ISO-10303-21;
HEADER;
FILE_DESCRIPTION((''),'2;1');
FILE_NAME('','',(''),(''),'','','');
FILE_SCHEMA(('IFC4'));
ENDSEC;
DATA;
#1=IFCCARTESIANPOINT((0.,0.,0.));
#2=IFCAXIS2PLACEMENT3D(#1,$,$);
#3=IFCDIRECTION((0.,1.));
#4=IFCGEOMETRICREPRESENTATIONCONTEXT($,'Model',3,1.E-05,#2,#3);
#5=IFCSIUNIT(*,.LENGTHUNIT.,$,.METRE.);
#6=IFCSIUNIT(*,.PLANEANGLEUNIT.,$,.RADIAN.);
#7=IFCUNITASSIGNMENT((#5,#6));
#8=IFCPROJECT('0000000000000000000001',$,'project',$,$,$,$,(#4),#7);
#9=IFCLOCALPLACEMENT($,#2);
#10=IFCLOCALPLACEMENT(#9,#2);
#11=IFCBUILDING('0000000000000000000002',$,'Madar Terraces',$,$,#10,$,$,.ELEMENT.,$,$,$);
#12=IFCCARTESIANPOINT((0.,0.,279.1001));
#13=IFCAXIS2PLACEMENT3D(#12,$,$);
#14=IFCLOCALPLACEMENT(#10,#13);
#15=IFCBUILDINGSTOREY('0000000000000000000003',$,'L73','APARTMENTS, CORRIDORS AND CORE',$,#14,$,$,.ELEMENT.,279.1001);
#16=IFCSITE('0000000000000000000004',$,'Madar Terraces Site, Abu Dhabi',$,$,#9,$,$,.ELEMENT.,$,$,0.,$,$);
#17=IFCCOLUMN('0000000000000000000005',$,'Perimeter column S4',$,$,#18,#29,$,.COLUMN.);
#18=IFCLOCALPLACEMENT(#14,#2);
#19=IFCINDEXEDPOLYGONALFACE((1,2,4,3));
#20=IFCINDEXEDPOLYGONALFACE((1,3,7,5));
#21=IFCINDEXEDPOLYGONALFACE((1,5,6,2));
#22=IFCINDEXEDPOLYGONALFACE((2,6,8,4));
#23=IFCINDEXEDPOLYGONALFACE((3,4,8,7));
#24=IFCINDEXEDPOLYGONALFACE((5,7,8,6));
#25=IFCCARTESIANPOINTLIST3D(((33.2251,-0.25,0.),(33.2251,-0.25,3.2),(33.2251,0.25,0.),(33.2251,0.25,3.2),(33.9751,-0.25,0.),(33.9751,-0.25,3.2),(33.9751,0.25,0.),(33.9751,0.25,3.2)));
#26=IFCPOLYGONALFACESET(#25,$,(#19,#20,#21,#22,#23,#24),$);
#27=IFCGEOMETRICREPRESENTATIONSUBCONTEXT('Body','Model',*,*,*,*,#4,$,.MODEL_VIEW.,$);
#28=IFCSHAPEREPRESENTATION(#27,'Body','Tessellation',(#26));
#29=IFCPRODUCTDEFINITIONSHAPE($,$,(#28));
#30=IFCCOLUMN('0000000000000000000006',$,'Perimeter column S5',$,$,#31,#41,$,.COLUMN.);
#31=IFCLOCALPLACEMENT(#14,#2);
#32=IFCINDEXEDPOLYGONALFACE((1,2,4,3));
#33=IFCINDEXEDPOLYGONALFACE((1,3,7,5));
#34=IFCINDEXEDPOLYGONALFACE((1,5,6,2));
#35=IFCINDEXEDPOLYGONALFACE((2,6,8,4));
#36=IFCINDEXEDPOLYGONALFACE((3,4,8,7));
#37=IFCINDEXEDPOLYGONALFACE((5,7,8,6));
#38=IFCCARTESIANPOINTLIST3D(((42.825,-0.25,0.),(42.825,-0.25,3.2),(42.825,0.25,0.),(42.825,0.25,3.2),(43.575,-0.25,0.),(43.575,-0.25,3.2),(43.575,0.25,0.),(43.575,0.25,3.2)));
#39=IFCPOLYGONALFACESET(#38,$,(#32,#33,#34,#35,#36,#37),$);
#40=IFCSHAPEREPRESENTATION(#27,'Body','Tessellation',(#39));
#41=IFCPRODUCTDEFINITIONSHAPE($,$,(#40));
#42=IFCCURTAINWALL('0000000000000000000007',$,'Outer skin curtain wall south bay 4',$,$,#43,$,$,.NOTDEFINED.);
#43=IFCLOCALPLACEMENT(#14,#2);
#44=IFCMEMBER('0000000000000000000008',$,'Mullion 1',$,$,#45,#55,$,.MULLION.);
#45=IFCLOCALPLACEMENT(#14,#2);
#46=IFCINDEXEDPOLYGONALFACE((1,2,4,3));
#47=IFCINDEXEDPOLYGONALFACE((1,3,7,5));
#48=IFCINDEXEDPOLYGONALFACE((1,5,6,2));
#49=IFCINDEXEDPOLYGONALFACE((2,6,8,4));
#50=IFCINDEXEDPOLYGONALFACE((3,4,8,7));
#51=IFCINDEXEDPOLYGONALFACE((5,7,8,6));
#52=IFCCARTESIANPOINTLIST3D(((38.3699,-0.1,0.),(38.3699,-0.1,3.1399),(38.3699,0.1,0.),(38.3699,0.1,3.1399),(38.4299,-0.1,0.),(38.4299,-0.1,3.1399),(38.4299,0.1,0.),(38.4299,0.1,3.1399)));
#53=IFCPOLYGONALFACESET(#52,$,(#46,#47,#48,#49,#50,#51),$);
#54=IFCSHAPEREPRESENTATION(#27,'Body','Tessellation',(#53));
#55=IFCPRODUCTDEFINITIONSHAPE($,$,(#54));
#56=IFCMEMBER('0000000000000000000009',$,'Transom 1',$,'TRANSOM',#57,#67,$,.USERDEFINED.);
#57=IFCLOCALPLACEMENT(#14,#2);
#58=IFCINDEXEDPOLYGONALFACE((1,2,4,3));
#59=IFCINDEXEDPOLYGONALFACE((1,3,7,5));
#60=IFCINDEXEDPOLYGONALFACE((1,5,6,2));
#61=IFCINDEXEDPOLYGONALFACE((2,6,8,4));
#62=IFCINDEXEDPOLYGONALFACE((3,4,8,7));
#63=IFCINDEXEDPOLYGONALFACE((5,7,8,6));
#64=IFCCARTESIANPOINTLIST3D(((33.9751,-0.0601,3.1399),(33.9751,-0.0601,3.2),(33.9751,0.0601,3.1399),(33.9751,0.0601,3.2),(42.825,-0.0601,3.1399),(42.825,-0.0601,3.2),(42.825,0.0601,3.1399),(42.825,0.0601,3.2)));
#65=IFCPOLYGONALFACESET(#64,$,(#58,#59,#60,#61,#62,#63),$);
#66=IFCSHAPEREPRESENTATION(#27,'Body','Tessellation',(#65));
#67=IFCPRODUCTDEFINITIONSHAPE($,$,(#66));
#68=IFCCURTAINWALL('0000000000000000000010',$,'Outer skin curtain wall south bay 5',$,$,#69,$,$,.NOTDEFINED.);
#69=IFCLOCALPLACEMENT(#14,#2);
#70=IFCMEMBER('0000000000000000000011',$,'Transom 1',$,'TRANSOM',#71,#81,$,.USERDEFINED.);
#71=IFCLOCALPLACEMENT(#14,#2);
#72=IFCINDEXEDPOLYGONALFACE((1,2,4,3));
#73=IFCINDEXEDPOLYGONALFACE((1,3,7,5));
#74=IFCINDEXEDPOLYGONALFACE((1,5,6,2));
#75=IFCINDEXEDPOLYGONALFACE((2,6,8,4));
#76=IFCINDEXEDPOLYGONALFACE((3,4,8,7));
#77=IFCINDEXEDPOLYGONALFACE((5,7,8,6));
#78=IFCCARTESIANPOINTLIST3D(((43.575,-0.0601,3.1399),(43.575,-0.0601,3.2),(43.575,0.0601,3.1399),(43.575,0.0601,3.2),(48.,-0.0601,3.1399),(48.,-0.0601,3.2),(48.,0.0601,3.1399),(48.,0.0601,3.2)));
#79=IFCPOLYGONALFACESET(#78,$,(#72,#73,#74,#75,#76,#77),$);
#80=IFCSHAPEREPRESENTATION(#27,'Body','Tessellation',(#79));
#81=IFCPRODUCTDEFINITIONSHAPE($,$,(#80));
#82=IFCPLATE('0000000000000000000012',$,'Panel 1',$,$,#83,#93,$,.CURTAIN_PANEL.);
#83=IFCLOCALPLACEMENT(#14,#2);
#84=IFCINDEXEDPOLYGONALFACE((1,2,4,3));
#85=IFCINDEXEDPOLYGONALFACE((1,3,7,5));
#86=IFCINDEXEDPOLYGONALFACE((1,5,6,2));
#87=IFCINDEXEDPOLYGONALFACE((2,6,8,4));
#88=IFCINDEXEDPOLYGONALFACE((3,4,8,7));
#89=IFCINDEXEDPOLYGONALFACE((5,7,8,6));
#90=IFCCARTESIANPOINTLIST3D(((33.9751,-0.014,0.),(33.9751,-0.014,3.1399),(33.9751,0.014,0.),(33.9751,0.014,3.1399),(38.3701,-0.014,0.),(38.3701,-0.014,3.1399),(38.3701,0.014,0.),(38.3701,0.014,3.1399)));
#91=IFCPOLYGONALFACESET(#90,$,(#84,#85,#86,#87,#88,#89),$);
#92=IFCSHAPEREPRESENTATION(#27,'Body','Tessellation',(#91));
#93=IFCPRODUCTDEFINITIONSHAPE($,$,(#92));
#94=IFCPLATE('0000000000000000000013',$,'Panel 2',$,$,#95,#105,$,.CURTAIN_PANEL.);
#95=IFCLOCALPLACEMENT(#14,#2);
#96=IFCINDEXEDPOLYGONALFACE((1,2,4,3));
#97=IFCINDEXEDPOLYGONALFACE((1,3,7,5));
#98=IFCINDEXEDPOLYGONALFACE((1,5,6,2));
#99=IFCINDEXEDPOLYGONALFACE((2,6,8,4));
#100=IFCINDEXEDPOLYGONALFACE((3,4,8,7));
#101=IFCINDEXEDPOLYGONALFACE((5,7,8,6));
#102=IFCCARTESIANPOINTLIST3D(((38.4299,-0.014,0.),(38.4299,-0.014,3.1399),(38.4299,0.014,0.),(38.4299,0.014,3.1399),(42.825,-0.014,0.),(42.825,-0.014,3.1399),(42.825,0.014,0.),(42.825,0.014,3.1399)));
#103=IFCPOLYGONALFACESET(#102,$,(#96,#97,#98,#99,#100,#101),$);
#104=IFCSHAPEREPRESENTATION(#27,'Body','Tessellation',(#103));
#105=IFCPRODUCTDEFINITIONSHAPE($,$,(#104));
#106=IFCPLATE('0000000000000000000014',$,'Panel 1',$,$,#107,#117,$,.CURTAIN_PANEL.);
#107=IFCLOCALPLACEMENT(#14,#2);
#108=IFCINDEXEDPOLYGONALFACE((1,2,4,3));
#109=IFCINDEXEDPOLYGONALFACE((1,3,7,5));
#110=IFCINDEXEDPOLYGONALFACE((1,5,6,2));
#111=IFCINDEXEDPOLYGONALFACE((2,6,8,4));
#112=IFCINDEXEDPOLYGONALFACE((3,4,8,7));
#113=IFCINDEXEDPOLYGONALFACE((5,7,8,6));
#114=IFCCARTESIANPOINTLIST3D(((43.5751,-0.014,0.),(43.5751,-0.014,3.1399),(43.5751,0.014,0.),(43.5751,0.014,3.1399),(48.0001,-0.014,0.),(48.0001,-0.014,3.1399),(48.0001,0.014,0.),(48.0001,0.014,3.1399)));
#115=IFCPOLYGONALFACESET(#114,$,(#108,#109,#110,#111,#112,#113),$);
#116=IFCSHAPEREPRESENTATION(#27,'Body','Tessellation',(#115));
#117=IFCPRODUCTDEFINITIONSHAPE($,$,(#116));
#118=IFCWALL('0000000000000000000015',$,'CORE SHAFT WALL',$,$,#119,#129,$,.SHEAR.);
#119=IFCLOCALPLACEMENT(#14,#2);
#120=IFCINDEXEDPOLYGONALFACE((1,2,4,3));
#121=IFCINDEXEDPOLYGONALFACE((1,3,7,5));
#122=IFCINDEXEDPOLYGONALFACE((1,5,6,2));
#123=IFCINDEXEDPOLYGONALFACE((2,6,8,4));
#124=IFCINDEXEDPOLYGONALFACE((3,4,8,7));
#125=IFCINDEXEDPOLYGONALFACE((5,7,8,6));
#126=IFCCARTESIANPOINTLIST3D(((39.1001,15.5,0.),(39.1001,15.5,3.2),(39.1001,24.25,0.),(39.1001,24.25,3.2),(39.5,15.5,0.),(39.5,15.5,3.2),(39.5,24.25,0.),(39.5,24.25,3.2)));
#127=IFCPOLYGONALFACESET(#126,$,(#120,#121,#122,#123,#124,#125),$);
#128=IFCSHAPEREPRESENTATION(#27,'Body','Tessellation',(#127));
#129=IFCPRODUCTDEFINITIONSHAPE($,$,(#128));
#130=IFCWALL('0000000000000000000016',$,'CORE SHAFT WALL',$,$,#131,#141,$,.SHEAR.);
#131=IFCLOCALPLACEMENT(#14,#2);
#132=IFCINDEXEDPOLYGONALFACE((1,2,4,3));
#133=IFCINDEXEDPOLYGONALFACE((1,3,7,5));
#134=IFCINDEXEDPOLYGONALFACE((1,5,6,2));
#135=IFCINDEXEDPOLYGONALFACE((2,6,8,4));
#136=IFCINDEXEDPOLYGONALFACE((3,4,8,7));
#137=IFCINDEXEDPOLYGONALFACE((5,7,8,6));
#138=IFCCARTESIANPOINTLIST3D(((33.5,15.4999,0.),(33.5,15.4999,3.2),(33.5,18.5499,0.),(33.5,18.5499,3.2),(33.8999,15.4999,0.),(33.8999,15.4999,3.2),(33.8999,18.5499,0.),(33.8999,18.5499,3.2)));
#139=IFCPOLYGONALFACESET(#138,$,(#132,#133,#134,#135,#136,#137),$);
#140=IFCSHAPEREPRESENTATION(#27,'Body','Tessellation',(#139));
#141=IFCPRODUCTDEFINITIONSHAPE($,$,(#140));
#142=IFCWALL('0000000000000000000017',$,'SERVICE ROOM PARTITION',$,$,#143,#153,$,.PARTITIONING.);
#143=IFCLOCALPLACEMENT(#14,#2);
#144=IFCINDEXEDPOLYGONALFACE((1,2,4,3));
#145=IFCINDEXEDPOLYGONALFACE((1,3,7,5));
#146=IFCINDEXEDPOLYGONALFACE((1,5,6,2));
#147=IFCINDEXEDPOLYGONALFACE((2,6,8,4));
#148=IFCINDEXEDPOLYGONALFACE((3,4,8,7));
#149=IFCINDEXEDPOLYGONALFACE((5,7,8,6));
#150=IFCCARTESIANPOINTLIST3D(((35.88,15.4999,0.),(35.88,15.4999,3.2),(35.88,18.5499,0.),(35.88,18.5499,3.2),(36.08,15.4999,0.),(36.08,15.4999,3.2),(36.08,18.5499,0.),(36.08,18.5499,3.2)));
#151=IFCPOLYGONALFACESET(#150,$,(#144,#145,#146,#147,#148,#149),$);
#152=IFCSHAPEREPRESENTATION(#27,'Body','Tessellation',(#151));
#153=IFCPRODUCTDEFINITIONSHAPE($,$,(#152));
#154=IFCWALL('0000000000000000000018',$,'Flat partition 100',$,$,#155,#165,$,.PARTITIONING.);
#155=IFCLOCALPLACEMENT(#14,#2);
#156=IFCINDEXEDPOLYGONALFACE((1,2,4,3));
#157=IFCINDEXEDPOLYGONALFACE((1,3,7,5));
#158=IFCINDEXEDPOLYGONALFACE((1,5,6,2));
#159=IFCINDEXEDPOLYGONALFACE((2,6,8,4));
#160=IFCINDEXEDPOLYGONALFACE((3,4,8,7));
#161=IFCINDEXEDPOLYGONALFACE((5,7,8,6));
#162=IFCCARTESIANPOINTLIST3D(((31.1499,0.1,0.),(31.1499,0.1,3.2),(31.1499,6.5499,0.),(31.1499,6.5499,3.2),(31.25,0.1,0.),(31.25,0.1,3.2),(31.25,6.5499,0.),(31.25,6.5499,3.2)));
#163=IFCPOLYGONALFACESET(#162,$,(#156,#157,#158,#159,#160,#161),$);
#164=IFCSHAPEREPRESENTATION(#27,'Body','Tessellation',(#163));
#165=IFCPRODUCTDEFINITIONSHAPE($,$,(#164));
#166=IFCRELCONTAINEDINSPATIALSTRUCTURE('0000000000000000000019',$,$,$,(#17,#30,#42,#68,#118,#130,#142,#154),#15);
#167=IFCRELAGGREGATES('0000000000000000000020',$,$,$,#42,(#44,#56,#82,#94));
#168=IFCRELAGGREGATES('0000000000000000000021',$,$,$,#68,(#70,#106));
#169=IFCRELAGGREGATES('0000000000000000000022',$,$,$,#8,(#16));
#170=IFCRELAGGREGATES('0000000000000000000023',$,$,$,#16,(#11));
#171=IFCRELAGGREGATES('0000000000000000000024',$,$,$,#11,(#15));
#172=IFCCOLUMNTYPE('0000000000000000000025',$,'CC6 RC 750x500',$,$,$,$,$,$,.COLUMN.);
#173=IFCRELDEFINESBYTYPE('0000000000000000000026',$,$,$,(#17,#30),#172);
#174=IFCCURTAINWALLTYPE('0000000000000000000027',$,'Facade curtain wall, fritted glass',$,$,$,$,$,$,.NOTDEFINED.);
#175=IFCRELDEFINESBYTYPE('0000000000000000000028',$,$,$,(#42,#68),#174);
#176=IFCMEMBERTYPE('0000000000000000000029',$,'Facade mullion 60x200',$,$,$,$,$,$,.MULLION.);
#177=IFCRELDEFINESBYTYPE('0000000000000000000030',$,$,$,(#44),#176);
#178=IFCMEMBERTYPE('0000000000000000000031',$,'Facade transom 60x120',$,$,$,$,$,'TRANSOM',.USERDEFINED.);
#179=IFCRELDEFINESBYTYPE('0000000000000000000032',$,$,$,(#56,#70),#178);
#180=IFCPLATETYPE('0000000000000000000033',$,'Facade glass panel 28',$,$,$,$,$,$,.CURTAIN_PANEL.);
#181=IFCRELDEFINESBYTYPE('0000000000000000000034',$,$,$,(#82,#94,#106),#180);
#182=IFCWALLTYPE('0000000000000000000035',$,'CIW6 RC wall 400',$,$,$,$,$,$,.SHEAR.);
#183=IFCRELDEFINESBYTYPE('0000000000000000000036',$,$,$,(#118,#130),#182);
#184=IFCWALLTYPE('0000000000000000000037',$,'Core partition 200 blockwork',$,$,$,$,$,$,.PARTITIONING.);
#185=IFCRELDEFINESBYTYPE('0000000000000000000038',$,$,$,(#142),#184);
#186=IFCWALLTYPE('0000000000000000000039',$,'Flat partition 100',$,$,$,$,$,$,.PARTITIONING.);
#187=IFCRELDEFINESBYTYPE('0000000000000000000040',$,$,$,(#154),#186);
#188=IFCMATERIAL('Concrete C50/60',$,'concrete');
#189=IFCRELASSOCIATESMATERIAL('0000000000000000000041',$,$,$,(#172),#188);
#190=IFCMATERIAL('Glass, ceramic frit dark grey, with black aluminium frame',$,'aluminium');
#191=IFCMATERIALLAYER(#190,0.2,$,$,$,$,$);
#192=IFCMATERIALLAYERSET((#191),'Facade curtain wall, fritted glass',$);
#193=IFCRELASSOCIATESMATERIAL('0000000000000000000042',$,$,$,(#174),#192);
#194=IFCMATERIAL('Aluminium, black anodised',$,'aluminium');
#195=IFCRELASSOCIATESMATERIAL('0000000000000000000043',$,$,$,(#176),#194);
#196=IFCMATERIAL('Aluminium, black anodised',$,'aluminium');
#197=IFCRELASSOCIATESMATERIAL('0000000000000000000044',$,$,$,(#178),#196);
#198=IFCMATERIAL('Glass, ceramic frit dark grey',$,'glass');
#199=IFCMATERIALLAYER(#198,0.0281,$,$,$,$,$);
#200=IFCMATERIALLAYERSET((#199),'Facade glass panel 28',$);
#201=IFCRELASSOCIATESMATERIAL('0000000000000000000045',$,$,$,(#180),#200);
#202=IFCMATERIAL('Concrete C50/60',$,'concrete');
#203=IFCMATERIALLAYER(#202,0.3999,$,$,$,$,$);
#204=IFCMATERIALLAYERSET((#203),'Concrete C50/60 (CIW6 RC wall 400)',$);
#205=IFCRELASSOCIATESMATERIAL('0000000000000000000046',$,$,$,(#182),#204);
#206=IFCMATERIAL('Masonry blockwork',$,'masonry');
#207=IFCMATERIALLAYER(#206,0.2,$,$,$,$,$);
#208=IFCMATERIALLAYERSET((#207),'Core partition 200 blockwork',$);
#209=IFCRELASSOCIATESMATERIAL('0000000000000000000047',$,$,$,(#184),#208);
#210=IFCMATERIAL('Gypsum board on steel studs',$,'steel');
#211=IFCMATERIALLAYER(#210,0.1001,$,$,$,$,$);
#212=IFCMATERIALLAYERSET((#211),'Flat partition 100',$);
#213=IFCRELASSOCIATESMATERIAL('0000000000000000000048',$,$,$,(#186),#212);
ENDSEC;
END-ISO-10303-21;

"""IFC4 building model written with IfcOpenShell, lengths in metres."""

from ifc_helpers import new_model, si_unit, direction, frame, frame_2d, origin, origin_2d, place, context, subcontext, project, spatial, rectangle, extrude, material, layer, layer_set, material_profile, profile_set, type_object, element, aggregate, save


model = new_model("IFC4")

# Units and contexts
model_context = context("Model", 3, precision=1e-05, world=origin(), true_north=direction((0.0, 1.0)))
body_context = subcontext(model_context, "Body", "Model", "MODEL_VIEW")
ifc_project = project(units=[si_unit("LENGTHUNIT", "METRE"), si_unit("PLANEANGLEUNIT", "RADIAN")], contexts=[model_context])

# Site, building, storey
site_placement = place(None, origin())
site = spatial("IfcSite", under=ifc_project, at=site_placement, Name="Madar Terraces Site, Abu Dhabi", CompositionType="ELEMENT", RefElevation=0.0)
building_placement = place(site_placement, origin())
building = spatial("IfcBuilding", under=site, at=building_placement, Name="Madar Terraces", CompositionType="ELEMENT")
storey_placement = place(building_placement, frame((0.0, 0.0, 279.1001)))
storey = spatial("IfcBuildingStorey", under=building, at=storey_placement, Name="L73", Description="APARTMENTS, CORRIDORS AND CORE", CompositionType="ELEMENT", Elevation=279.1001)

# Columns
ifc_material_1 = material(Name="Concrete C50/60", Category="concrete")
ifc_material_profile_1 = material_profile(ifc_material_1, rectangle(XDim=0.75, YDim=0.5, at=origin_2d()), Name="CC6 RC 750x500")
ifc_profile_set_1 = profile_set([ifc_material_profile_1], Name="Concrete C50/60")
column_type = type_object("IfcColumnType", Name="CC6 RC 750x500", PredefinedType="COLUMN", material=ifc_profile_set_1)
for number, where, z_axis, x_axis, name in (
    (1, (33.6001, 0.0, 0.0), (0.0, 0.0, 1.0), (1.0, 0.0, 0.0), "Perimeter column S4"),
    (2, (43.2, 0.0, 0.0), (0.0, 0.0, 1.0), (1.0, 0.0, 0.0), "Perimeter column S5"),
):
    element("IfcColumn", number, at=place(storey_placement, frame(where, z_axis=z_axis, x_axis=x_axis)), inside=storey, type_object=column_type, Name=name, PredefinedType="COLUMN", context=body_context, shape_type="SweptSolid", body=[
        extrude(rectangle(XDim=0.75, YDim=0.5, at=origin_2d()), origin(), (0.0, 0.0, 1.0), 3.2),
    ])

# Curtain wall, members
ifc_material_2 = material(Name="Glass, ceramic frit dark grey, with black aluminium frame", Category="aluminium")
ifc_layer_1 = layer(ifc_material_2, 0.2)
ifc_layer_set_1 = layer_set([ifc_layer_1], Name="Facade curtain wall, fritted glass")
curtain_wall_type = type_object("IfcCurtainWallType", Name="Facade curtain wall, fritted glass", PredefinedType="NOTDEFINED", material=ifc_layer_set_1)
curtain_wall_1_placement = place(storey_placement, origin())
curtain_wall_1 = element("IfcCurtainWall", 3, at=curtain_wall_1_placement, inside=storey, type_object=curtain_wall_type, Name="Outer skin curtain wall south bay 4", PredefinedType="NOTDEFINED")
ifc_material_3 = material(Name="Aluminium, black anodised", Category="aluminium")
ifc_material_profile_2 = material_profile(ifc_material_3, rectangle(XDim=0.2, YDim=0.0601, at=origin_2d()), Name="Facade mullion 60x200")
ifc_profile_set_2 = profile_set([ifc_material_profile_2], Name="Aluminium, black anodised")
member_type_1 = type_object("IfcMemberType", Name="Facade mullion 60x200", PredefinedType="MULLION", material=ifc_profile_set_2)
member_1_placement = place(storey_placement, frame((38.3999, 0.0, 0.0), z_axis=(0.0, 0.0, 1.0), x_axis=(0.0, 1.0, 0.0)))
member_1 = element("IfcMember", 4, at=member_1_placement, type_object=member_type_1, Name="Mullion 1", PredefinedType="MULLION", context=body_context, shape_type="SweptSolid", body=[
    extrude(rectangle(XDim=0.2, YDim=0.0601, at=origin_2d()), origin(), (0.0, 0.0, 1.0), 3.1399),
])
ifc_material_4 = material(Name="Aluminium, black anodised", Category="aluminium")
ifc_material_profile_3 = material_profile(ifc_material_4, rectangle(XDim=0.1201, YDim=0.0601, at=origin_2d()), Name="Facade transom 60x120")
ifc_profile_set_3 = profile_set([ifc_material_profile_3], Name="Aluminium, black anodised")
member_type_2 = type_object("IfcMemberType", Name="Facade transom 60x120", ElementType="TRANSOM", PredefinedType="USERDEFINED", material=ifc_profile_set_3)
member_2_placement = place(storey_placement, frame((33.9751, 0.0, 3.1699), z_axis=(1.0, 0.0, 0.0), x_axis=(0.0, 1.0, 0.0)))
member_2 = element("IfcMember", 5, at=member_2_placement, type_object=member_type_2, Name="Transom 1", ObjectType="TRANSOM", PredefinedType="USERDEFINED", context=body_context, shape_type="SweptSolid", body=[
    extrude(rectangle(XDim=0.1201, YDim=0.0601, at=origin_2d()), origin(), (0.0, 0.0, 1.0), 8.8499),
])

# Curtain wall, member
curtain_wall_2_placement = place(storey_placement, origin())
curtain_wall_2 = element("IfcCurtainWall", 6, at=curtain_wall_2_placement, inside=storey, type_object=curtain_wall_type, Name="Outer skin curtain wall south bay 5", PredefinedType="NOTDEFINED")
member_3_placement = place(storey_placement, frame((43.575, 0.0, 3.1699), z_axis=(1.0, 0.0, 0.0), x_axis=(0.0, 1.0, 0.0)))
member_3 = element("IfcMember", 7, at=member_3_placement, type_object=member_type_2, Name="Transom 1", ObjectType="TRANSOM", PredefinedType="USERDEFINED", context=body_context, shape_type="SweptSolid", body=[
    extrude(rectangle(XDim=0.1201, YDim=0.0601, at=origin_2d()), origin(), (0.0, 0.0, 1.0), 4.425),
])

# Plates
ifc_material_5 = material(Name="Glass, ceramic frit dark grey", Category="glass")
ifc_layer_2 = layer(ifc_material_5, 0.0281)
ifc_layer_set_2 = layer_set([ifc_layer_2], Name="Facade glass panel 28")
plate_type = type_object("IfcPlateType", Name="Facade glass panel 28", PredefinedType="CURTAIN_PANEL", material=ifc_layer_set_2)
plate_1_placement = place(storey_placement, frame((36.1726, 0.0, 0.0), z_axis=(0.0, 0.0, 1.0), x_axis=(1.0, 0.0, 0.0)))
plate_1 = element("IfcPlate", 8, at=plate_1_placement, type_object=plate_type, Name="Panel 1", PredefinedType="CURTAIN_PANEL", context=body_context, shape_type="SweptSolid", body=[
    extrude(rectangle(XDim=4.395, YDim=0.0281, at=origin_2d()), origin(), (0.0, 0.0, 1.0), 3.1399),
])
plate_2_placement = place(storey_placement, frame((40.6274, 0.0, 0.0), z_axis=(0.0, 0.0, 1.0), x_axis=(1.0, 0.0, 0.0)))
plate_2 = element("IfcPlate", 9, at=plate_2_placement, type_object=plate_type, Name="Panel 2", PredefinedType="CURTAIN_PANEL", context=body_context, shape_type="SweptSolid", body=[
    extrude(rectangle(XDim=4.395, YDim=0.0281, at=origin_2d()), origin(), (0.0, 0.0, 1.0), 3.1399),
])
aggregate(curtain_wall_1, [member_1, member_2, plate_1, plate_2])
plate_3_placement = place(storey_placement, frame((45.7876, 0.0, 0.0), z_axis=(0.0, 0.0, 1.0), x_axis=(1.0, 0.0, 0.0)))
plate_3 = element("IfcPlate", 10, at=plate_3_placement, type_object=plate_type, Name="Panel 1", PredefinedType="CURTAIN_PANEL", context=body_context, shape_type="SweptSolid", body=[
    extrude(rectangle(XDim=4.425, YDim=0.0281, at=origin_2d()), origin(), (0.0, 0.0, 1.0), 3.1399),
])
aggregate(curtain_wall_2, [member_3, plate_3])

# Walls
ifc_material_6 = material(Name="Concrete C50/60", Category="concrete")
ifc_layer_3 = layer(ifc_material_6, 0.3999)
ifc_layer_set_3 = layer_set([ifc_layer_3], Name="Concrete C50/60 (CIW6 RC wall 400)")
wall_type_1 = type_object("IfcWallType", Name="CIW6 RC wall 400", PredefinedType="SHEAR", material=ifc_layer_set_3)
wall_1_placement = place(storey_placement, frame((39.3, 15.5, 0.0), z_axis=(0.0, 0.0, 1.0), x_axis=(0.0, 1.0, 0.0)))
element("IfcWall", 11, at=wall_1_placement, inside=storey, type_object=wall_type_1, Name="CORE SHAFT WALL", PredefinedType="SHEAR", context=body_context, shape_type="SweptSolid", body=[
    extrude(rectangle(XDim=8.75, YDim=0.3999, at=frame_2d((4.375, 0.0))), origin(), (0.0, 0.0, 1.0), 3.2),
])
wall_2_placement = place(storey_placement, frame((33.7, 15.5, 0.0), z_axis=(0.0, 0.0, 1.0), x_axis=(0.0, 1.0, 0.0)))
element("IfcWall", 12, at=wall_2_placement, inside=storey, type_object=wall_type_1, Name="CORE SHAFT WALL", PredefinedType="SHEAR", context=body_context, shape_type="SweptSolid", body=[
    extrude(rectangle(XDim=3.05, YDim=0.3999, at=frame_2d((1.5249, 0.0))), origin(), (0.0, 0.0, 1.0), 3.2),
])
ifc_material_7 = material(Name="Masonry blockwork", Category="masonry")
ifc_layer_4 = layer(ifc_material_7, 0.2)
ifc_layer_set_4 = layer_set([ifc_layer_4], Name="Core partition 200 blockwork")
wall_type_2 = type_object("IfcWallType", Name="Core partition 200 blockwork", PredefinedType="PARTITIONING", material=ifc_layer_set_4)
wall_3_placement = place(storey_placement, frame((35.98, 15.5, 0.0), z_axis=(0.0, 0.0, 1.0), x_axis=(0.0, 1.0, 0.0)))
element("IfcWall", 13, at=wall_3_placement, inside=storey, type_object=wall_type_2, Name="SERVICE ROOM PARTITION", PredefinedType="PARTITIONING", context=body_context, shape_type="SweptSolid", body=[
    extrude(rectangle(XDim=3.05, YDim=0.2, at=frame_2d((1.5249, 0.0))), origin(), (0.0, 0.0, 1.0), 3.2),
])
ifc_material_8 = material(Name="Gypsum board on steel studs", Category="steel")
ifc_layer_5 = layer(ifc_material_8, 0.1001)
ifc_layer_set_5 = layer_set([ifc_layer_5], Name="Flat partition 100")
wall_type_3 = type_object("IfcWallType", Name="Flat partition 100", PredefinedType="PARTITIONING", material=ifc_layer_set_5)
wall_4_placement = place(storey_placement, frame((31.2, 6.55, 0.0), z_axis=(0.0, 0.0, 1.0), x_axis=(0.0, -1.0, 0.0)))
element("IfcWall", 14, at=wall_4_placement, inside=storey, type_object=wall_type_3, Name="Flat partition 100", PredefinedType="PARTITIONING", context=body_context, shape_type="SweptSolid", body=[
    extrude(rectangle(XDim=6.45, YDim=0.1001, at=frame_2d((3.2251, 0.0))), origin(), (0.0, 0.0, 1.0), 3.2),
])

save(model, "model.ifc")
